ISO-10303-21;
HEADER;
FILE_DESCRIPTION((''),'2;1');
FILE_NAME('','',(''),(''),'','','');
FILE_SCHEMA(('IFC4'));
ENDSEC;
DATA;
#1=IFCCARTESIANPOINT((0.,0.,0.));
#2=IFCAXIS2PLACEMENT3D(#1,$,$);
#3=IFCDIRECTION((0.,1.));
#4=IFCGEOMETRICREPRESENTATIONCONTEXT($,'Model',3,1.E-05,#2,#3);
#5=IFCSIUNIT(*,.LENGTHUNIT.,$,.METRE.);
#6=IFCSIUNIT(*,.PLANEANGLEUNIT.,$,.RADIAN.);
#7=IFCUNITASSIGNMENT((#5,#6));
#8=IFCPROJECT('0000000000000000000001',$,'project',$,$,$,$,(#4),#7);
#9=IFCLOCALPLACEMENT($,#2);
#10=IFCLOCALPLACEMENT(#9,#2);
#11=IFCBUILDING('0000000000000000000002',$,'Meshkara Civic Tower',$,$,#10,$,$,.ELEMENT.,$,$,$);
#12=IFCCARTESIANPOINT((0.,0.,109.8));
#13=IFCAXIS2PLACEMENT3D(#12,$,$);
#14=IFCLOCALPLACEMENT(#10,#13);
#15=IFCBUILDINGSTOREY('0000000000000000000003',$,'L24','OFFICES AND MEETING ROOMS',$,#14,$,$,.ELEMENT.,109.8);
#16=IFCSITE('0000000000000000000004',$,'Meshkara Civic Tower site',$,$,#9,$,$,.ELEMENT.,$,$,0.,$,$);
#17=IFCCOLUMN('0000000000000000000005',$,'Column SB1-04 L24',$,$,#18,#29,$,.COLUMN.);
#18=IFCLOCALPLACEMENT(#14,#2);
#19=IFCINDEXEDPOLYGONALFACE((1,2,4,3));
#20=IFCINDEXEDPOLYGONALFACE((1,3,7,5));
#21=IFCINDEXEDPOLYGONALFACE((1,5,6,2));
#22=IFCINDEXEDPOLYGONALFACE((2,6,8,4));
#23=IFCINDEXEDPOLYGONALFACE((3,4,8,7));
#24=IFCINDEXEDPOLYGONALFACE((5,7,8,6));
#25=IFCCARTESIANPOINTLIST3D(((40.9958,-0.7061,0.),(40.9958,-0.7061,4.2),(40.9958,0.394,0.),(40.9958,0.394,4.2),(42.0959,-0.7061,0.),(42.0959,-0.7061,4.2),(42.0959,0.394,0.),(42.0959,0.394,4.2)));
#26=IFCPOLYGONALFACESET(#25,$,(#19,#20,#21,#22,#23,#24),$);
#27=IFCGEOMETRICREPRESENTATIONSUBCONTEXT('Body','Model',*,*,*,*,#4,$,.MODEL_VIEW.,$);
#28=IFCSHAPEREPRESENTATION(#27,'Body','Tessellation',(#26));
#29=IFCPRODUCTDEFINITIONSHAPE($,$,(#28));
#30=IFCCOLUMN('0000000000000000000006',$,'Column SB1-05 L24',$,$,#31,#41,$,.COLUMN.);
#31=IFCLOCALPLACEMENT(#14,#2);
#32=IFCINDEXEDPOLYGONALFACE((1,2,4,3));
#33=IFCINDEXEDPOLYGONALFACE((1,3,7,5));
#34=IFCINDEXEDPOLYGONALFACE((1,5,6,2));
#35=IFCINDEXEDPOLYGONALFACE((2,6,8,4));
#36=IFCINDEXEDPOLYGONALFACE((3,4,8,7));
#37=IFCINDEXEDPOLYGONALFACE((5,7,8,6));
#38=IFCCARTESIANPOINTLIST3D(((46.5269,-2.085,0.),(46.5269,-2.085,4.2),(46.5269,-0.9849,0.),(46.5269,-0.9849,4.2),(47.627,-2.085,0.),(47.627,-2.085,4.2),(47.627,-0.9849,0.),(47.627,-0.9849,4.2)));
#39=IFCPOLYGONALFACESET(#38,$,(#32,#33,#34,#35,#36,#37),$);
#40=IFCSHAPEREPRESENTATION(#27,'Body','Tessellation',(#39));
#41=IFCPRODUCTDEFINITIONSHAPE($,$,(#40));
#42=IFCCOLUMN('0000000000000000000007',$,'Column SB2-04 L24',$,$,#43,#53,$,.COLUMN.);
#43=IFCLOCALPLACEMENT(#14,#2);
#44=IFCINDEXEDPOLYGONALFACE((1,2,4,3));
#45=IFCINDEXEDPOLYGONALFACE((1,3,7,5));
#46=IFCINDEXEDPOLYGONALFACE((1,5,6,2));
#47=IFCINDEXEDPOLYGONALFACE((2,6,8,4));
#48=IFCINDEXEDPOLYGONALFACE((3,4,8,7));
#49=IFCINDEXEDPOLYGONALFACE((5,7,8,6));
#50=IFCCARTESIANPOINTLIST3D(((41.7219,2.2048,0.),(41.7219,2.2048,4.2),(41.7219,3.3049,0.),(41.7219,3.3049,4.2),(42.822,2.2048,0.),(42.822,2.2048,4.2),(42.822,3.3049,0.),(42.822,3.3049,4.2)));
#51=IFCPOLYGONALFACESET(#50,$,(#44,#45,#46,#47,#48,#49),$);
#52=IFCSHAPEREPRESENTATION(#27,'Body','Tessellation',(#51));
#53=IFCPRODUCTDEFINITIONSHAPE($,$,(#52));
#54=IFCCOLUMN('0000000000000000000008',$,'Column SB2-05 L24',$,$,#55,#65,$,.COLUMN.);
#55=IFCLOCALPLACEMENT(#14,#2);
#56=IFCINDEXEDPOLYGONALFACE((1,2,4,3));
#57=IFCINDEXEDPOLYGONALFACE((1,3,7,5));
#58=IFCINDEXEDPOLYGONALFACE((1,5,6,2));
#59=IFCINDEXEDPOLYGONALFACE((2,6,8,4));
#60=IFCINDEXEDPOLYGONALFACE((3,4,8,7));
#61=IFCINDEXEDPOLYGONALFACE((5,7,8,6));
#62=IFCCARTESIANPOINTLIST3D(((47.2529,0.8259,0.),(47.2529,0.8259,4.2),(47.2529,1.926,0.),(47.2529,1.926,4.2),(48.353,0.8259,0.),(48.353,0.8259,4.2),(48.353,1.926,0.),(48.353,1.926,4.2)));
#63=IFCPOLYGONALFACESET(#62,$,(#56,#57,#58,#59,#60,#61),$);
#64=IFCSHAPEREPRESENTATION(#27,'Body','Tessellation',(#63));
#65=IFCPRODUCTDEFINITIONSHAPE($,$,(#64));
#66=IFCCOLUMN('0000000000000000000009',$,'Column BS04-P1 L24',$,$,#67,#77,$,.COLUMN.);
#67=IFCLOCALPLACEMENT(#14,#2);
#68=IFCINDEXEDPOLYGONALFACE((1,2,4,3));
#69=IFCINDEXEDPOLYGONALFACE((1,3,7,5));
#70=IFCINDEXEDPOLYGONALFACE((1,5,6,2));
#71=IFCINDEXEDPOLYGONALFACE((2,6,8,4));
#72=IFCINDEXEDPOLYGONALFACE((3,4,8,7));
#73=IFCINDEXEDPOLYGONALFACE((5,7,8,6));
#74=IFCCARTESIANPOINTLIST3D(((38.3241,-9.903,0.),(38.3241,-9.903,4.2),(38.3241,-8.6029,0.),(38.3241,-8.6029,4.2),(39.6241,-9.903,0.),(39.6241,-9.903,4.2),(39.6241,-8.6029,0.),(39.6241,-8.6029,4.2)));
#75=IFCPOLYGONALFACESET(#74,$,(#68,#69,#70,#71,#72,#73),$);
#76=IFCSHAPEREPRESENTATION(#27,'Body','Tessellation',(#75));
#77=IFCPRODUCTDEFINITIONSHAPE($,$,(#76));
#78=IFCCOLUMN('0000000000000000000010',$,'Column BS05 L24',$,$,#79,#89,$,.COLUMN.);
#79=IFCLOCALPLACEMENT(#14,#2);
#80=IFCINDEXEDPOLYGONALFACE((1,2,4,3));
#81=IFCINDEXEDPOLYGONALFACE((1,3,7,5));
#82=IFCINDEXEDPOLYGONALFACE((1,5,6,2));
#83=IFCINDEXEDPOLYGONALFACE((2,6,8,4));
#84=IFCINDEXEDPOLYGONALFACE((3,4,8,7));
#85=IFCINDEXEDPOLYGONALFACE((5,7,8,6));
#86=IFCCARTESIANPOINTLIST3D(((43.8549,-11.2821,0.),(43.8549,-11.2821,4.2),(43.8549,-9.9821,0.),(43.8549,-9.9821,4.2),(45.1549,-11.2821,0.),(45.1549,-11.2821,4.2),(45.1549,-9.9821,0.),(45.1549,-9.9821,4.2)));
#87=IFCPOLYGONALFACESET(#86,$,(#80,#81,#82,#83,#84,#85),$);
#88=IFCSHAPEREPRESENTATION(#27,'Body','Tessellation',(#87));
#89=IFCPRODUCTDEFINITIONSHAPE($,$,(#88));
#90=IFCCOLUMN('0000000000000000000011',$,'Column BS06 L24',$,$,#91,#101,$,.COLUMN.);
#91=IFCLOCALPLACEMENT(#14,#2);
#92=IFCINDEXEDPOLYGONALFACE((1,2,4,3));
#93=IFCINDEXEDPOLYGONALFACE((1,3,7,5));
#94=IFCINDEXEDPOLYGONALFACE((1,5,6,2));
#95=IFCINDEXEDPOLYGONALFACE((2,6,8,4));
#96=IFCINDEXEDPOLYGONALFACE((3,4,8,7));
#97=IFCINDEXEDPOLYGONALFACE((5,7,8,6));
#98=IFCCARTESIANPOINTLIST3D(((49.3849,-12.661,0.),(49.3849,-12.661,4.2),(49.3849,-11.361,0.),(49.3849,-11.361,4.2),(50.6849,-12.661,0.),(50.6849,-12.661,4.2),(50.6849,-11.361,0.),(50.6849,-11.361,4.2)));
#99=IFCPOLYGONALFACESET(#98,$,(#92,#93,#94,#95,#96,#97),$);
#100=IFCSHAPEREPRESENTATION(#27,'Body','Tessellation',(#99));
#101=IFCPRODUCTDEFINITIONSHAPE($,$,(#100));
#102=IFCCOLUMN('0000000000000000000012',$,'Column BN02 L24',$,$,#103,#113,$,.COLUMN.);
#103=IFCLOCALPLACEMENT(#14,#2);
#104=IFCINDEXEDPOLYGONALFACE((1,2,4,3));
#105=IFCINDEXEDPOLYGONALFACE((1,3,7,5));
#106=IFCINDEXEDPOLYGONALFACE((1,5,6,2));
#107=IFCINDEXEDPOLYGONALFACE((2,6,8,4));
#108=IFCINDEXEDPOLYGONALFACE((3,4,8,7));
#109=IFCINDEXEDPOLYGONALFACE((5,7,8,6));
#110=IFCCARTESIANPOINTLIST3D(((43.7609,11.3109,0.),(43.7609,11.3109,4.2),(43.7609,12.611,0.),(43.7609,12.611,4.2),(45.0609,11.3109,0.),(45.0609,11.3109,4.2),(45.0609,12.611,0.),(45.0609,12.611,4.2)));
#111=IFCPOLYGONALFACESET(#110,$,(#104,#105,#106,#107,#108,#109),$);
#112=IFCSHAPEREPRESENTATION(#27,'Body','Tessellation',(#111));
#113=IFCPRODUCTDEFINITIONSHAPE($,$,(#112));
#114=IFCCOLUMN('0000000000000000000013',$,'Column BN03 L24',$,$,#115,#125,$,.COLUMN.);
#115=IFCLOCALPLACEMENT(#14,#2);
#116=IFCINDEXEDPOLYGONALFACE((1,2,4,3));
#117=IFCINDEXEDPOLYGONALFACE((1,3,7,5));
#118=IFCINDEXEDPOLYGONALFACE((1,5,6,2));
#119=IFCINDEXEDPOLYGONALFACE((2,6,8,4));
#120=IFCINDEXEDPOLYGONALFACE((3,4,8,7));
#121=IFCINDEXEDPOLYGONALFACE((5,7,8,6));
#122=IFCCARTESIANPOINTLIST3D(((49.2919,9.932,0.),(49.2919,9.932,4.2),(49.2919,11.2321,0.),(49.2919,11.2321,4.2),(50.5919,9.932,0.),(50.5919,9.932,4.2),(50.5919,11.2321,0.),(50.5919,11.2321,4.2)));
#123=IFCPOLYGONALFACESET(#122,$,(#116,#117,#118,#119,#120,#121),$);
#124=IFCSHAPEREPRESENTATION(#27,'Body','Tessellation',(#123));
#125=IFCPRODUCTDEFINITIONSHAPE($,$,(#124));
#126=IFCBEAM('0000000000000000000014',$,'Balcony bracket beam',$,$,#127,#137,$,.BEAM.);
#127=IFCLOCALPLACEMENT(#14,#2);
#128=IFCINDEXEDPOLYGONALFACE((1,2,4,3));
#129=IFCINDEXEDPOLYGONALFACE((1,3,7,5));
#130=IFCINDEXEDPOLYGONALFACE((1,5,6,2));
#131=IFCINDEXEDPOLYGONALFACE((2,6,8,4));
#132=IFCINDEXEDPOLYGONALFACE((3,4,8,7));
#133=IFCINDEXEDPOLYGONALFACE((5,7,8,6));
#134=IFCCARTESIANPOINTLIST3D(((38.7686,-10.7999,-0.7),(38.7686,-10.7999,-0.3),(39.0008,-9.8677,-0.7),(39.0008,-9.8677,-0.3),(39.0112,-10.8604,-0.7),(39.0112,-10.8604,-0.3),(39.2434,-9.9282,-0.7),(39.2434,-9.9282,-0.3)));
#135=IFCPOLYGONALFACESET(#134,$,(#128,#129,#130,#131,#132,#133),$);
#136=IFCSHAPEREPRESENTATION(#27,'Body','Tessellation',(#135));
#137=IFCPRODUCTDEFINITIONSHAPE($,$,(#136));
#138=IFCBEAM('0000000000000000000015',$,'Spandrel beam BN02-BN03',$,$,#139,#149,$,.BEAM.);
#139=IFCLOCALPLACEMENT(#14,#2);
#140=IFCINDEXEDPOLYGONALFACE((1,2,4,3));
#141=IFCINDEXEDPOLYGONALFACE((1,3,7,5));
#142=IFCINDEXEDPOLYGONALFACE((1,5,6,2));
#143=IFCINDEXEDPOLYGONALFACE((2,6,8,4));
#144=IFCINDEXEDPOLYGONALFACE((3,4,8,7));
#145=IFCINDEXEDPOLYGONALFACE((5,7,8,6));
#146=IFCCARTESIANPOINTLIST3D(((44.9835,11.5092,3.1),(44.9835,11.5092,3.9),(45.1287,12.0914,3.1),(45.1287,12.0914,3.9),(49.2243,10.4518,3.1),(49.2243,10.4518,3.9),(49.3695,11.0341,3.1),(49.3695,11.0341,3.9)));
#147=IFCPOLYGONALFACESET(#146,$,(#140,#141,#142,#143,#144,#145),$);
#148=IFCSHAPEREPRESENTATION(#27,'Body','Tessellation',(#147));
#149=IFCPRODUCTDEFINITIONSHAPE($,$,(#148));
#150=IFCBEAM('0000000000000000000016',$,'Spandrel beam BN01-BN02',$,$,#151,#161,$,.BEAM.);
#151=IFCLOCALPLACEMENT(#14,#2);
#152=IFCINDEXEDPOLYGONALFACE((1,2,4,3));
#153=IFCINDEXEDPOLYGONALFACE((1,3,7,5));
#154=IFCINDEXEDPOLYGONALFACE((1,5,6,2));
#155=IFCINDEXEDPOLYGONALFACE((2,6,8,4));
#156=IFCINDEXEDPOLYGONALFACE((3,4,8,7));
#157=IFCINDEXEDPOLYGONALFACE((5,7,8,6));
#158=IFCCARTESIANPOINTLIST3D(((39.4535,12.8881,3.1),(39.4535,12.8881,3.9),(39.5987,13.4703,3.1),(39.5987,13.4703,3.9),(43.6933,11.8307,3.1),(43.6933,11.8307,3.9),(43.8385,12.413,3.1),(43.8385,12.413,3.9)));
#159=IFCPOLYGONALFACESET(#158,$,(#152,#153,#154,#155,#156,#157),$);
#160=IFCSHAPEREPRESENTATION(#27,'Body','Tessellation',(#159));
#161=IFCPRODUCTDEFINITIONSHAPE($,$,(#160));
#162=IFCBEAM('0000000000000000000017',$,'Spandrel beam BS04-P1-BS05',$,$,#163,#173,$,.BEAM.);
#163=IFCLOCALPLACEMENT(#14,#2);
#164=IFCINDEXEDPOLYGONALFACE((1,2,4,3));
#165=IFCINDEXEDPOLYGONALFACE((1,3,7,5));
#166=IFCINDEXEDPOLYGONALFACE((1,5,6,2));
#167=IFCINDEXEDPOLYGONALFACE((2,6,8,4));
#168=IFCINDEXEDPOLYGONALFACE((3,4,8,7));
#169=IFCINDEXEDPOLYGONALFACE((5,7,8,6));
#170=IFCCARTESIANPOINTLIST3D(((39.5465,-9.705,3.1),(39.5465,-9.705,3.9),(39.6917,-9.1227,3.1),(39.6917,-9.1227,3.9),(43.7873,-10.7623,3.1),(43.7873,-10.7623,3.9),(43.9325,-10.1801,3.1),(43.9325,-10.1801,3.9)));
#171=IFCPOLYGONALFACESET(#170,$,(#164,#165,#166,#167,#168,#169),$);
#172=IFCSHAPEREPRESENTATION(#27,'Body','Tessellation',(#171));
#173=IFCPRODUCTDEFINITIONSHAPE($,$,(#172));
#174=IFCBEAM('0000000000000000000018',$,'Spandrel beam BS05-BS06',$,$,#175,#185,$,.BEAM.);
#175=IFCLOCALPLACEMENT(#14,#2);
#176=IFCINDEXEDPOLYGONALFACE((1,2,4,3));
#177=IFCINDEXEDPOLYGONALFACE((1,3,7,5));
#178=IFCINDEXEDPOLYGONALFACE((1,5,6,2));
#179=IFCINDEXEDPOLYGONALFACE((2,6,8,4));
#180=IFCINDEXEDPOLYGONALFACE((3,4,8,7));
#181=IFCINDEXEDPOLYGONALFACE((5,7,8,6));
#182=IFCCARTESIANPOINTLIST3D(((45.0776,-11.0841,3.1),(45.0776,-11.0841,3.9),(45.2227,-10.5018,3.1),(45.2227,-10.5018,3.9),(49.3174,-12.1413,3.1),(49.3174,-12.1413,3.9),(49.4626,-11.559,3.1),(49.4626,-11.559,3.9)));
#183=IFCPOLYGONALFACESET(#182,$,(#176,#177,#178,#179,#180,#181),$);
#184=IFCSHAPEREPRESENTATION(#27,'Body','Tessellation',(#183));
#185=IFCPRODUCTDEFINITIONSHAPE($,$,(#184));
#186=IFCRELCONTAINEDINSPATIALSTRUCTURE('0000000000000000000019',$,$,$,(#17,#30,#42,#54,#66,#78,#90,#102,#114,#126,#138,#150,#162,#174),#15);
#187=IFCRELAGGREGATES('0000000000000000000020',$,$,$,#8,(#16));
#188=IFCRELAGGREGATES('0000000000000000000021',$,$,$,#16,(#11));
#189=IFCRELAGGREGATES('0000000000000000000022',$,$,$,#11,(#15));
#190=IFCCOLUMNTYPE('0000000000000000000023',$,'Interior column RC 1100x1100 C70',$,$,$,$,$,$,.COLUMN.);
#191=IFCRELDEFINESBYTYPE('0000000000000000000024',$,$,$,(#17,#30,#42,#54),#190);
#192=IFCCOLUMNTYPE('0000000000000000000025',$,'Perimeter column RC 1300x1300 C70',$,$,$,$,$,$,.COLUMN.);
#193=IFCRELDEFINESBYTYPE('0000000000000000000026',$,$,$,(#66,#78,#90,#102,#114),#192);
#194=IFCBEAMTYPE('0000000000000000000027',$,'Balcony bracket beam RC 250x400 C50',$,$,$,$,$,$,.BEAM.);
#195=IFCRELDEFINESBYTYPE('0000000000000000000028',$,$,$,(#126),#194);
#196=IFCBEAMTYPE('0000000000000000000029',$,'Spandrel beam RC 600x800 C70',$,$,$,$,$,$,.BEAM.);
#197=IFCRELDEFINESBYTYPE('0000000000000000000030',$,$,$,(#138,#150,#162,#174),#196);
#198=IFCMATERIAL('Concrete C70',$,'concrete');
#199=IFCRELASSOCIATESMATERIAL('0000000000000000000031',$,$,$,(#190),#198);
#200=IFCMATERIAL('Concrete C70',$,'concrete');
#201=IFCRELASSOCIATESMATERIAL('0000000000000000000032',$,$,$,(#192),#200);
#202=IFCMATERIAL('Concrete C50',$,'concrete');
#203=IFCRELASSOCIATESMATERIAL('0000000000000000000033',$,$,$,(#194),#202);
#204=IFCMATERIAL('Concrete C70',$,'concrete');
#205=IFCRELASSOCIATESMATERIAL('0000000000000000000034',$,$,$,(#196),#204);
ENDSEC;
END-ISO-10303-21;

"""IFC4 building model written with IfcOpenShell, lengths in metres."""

from ifc_helpers import new_model, si_unit, direction, frame, origin, origin_2d, place, context, subcontext, project, spatial, rectangle, extrude, material, material_profile, profile_set, type_object, element, save


model = new_model("IFC4")

# Units and contexts
model_context = context("Model", 3, precision=1e-05, world=origin(), true_north=direction((0.0, 1.0)))
body_context = subcontext(model_context, "Body", "Model", "MODEL_VIEW")
ifc_project = project(units=[si_unit("LENGTHUNIT", "METRE"), si_unit("PLANEANGLEUNIT", "RADIAN")], contexts=[model_context])

# Site, building, storey
site_placement = place(None, origin())
site = spatial("IfcSite", under=ifc_project, at=site_placement, Name="Meshkara Civic Tower site", CompositionType="ELEMENT", RefElevation=0.0)
building_placement = place(site_placement, origin())
building = spatial("IfcBuilding", under=site, at=building_placement, Name="Meshkara Civic Tower", CompositionType="ELEMENT")
storey_placement = place(building_placement, frame((0.0, 0.0, 109.8)))
storey = spatial("IfcBuildingStorey", under=building, at=storey_placement, Name="L24", Description="OFFICES AND MEETING ROOMS", CompositionType="ELEMENT", Elevation=109.8)

# Columns
ifc_material_1 = material(Name="Concrete C70", Category="concrete")
ifc_material_profile_1 = material_profile(ifc_material_1, rectangle(XDim=1.1001, YDim=1.1001, at=origin_2d()))
ifc_profile_set_1 = profile_set([ifc_material_profile_1], Name="Concrete C70")
column_type_1 = type_object("IfcColumnType", Name="Interior column RC 1100x1100 C70", PredefinedType="COLUMN", material=ifc_profile_set_1)
for number, where, z_axis, x_axis, name in (
    (1, (41.5459, -0.156, 0.0), (0.0, 0.0, 1.0), (1.0, 0.0, 0.0), "Column SB1-04 L24"),
    (2, (47.0769, -1.5349, 0.0), (0.0, 0.0, 1.0), (1.0, 0.0, 0.0), "Column SB1-05 L24"),
    (3, (42.272, 2.7549, 0.0), (0.0, 0.0, 1.0), (1.0, 0.0, 0.0), "Column SB2-04 L24"),
    (4, (47.803, 1.376, 0.0), (0.0, 0.0, 1.0), (1.0, 0.0, 0.0), "Column SB2-05 L24"),
):
    element("IfcColumn", number, at=place(storey_placement, frame(where, z_axis=z_axis, x_axis=x_axis)), inside=storey, type_object=column_type_1, Name=name, PredefinedType="COLUMN", context=body_context, shape_type="SweptSolid", body=[
        extrude(rectangle(XDim=1.1001, YDim=1.1001, at=origin_2d()), origin(), (0.0, 0.0, 1.0), 4.2),
    ])
ifc_material_2 = material(Name="Concrete C70", Category="concrete")
ifc_material_profile_2 = material_profile(ifc_material_2, rectangle(XDim=1.3, YDim=1.3, at=origin_2d()))
ifc_profile_set_2 = profile_set([ifc_material_profile_2], Name="Concrete C70")
column_type_2 = type_object("IfcColumnType", Name="Perimeter column RC 1300x1300 C70", PredefinedType="COLUMN", material=ifc_profile_set_2)
for number, where, z_axis, x_axis, name in (
    (5, (38.9741, -9.2529, 0.0), (0.0, 0.0, 1.0), (1.0, 0.0, 0.0), "Column BS04-P1 L24"),
    (6, (44.5049, -10.6321, 0.0), (0.0, 0.0, 1.0), (1.0, 0.0, 0.0), "Column BS05 L24"),
    (7, (50.0349, -12.011, 0.0), (0.0, 0.0, 1.0), (1.0, 0.0, 0.0), "Column BS06 L24"),
    (8, (44.4109, 11.9609, 0.0), (0.0, 0.0, 1.0), (1.0, 0.0, 0.0), "Column BN02 L24"),
    (9, (49.9419, 10.582, 0.0), (0.0, 0.0, 1.0), (1.0, 0.0, 0.0), "Column BN03 L24"),
):
    element("IfcColumn", number, at=place(storey_placement, frame(where, z_axis=z_axis, x_axis=x_axis)), inside=storey, type_object=column_type_2, Name=name, PredefinedType="COLUMN", context=body_context, shape_type="SweptSolid", body=[
        extrude(rectangle(XDim=1.3, YDim=1.3, at=origin_2d()), origin(), (0.0, 0.0, 1.0), 4.2),
    ])

# Beams
ifc_material_3 = material(Name="Concrete C50", Category="concrete")
ifc_material_profile_3 = material_profile(ifc_material_3, rectangle(XDim=0.25, YDim=0.3999, at=origin_2d()))
ifc_profile_set_3 = profile_set([ifc_material_profile_3], Name="Concrete C50")
beam_type_1 = type_object("IfcBeamType", Name="Balcony bracket beam RC 250x400 C50", PredefinedType="BEAM", material=ifc_profile_set_3)
beam_1_placement = place(storey_placement, frame((39.1221, -9.8979, -0.5), z_axis=(-0.241698, -0.970351, 0.0), x_axis=(0.970351, -0.241698, 0.0)))
element("IfcBeam", 10, at=beam_1_placement, inside=storey, type_object=beam_type_1, Name="Balcony bracket beam", PredefinedType="BEAM", context=body_context, shape_type="SweptSolid", body=[
    extrude(rectangle(XDim=0.25, YDim=0.3999, at=origin_2d()), origin(), (0.0, 0.0, 1.0), 0.9607),
])
ifc_material_4 = material(Name="Concrete C70", Category="concrete")
ifc_material_profile_4 = material_profile(ifc_material_4, rectangle(XDim=0.6001, YDim=0.8, at=origin_2d()))
ifc_profile_set_4 = profile_set([ifc_material_profile_4], Name="Concrete C70")
beam_type_2 = type_object("IfcBeamType", Name="Spandrel beam RC 600x800 C70", PredefinedType="BEAM", material=ifc_profile_set_4)
beam_2_placement = place(storey_placement, frame((49.2969, 10.7429, 3.5), z_axis=(-0.970293, 0.241931, 0.0), x_axis=(-0.241931, -0.970293, 0.0)))
element("IfcBeam", 11, at=beam_2_placement, inside=storey, type_object=beam_type_2, Name="Spandrel beam BN02-BN03", PredefinedType="BEAM", context=body_context, shape_type="SweptSolid", body=[
    extrude(rectangle(XDim=0.6001, YDim=0.8, at=origin_2d()), origin(), (0.0, 0.0, 1.0), 4.3706),
])
beam_3_placement = place(storey_placement, frame((43.7659, 12.1218, 3.5), z_axis=(-0.97028, 0.241983, 0.0), x_axis=(-0.241983, -0.97028, 0.0)))
element("IfcBeam", 12, at=beam_3_placement, inside=storey, type_object=beam_type_2, Name="Spandrel beam BN01-BN02", PredefinedType="BEAM", context=body_context, shape_type="SweptSolid", body=[
    extrude(rectangle(XDim=0.6001, YDim=0.8, at=origin_2d()), origin(), (0.0, 0.0, 1.0), 4.3696),
])
beam_4_placement = place(storey_placement, frame((39.6191, -9.4138, 3.5), z_axis=(0.970293, -0.241931, 0.0), x_axis=(0.241931, 0.970293, 0.0)))
element("IfcBeam", 13, at=beam_4_placement, inside=storey, type_object=beam_type_2, Name="Spandrel beam BS04-P1-BS05", PredefinedType="BEAM", context=body_context, shape_type="SweptSolid", body=[
    extrude(rectangle(XDim=0.6001, YDim=0.8, at=origin_2d()), origin(), (0.0, 0.0, 1.0), 4.3706),
])
beam_5_placement = place(storey_placement, frame((45.1501, -10.793, 3.5), z_axis=(0.970293, -0.241931, 0.0), x_axis=(0.241931, 0.970293, 0.0)))
element("IfcBeam", 14, at=beam_5_placement, inside=storey, type_object=beam_type_2, Name="Spandrel beam BS05-BS06", PredefinedType="BEAM", context=body_context, shape_type="SweptSolid", body=[
    extrude(rectangle(XDim=0.6001, YDim=0.8, at=origin_2d()), origin(), (0.0, 0.0, 1.0), 4.3696),
])

save(model, "model.ifc")
